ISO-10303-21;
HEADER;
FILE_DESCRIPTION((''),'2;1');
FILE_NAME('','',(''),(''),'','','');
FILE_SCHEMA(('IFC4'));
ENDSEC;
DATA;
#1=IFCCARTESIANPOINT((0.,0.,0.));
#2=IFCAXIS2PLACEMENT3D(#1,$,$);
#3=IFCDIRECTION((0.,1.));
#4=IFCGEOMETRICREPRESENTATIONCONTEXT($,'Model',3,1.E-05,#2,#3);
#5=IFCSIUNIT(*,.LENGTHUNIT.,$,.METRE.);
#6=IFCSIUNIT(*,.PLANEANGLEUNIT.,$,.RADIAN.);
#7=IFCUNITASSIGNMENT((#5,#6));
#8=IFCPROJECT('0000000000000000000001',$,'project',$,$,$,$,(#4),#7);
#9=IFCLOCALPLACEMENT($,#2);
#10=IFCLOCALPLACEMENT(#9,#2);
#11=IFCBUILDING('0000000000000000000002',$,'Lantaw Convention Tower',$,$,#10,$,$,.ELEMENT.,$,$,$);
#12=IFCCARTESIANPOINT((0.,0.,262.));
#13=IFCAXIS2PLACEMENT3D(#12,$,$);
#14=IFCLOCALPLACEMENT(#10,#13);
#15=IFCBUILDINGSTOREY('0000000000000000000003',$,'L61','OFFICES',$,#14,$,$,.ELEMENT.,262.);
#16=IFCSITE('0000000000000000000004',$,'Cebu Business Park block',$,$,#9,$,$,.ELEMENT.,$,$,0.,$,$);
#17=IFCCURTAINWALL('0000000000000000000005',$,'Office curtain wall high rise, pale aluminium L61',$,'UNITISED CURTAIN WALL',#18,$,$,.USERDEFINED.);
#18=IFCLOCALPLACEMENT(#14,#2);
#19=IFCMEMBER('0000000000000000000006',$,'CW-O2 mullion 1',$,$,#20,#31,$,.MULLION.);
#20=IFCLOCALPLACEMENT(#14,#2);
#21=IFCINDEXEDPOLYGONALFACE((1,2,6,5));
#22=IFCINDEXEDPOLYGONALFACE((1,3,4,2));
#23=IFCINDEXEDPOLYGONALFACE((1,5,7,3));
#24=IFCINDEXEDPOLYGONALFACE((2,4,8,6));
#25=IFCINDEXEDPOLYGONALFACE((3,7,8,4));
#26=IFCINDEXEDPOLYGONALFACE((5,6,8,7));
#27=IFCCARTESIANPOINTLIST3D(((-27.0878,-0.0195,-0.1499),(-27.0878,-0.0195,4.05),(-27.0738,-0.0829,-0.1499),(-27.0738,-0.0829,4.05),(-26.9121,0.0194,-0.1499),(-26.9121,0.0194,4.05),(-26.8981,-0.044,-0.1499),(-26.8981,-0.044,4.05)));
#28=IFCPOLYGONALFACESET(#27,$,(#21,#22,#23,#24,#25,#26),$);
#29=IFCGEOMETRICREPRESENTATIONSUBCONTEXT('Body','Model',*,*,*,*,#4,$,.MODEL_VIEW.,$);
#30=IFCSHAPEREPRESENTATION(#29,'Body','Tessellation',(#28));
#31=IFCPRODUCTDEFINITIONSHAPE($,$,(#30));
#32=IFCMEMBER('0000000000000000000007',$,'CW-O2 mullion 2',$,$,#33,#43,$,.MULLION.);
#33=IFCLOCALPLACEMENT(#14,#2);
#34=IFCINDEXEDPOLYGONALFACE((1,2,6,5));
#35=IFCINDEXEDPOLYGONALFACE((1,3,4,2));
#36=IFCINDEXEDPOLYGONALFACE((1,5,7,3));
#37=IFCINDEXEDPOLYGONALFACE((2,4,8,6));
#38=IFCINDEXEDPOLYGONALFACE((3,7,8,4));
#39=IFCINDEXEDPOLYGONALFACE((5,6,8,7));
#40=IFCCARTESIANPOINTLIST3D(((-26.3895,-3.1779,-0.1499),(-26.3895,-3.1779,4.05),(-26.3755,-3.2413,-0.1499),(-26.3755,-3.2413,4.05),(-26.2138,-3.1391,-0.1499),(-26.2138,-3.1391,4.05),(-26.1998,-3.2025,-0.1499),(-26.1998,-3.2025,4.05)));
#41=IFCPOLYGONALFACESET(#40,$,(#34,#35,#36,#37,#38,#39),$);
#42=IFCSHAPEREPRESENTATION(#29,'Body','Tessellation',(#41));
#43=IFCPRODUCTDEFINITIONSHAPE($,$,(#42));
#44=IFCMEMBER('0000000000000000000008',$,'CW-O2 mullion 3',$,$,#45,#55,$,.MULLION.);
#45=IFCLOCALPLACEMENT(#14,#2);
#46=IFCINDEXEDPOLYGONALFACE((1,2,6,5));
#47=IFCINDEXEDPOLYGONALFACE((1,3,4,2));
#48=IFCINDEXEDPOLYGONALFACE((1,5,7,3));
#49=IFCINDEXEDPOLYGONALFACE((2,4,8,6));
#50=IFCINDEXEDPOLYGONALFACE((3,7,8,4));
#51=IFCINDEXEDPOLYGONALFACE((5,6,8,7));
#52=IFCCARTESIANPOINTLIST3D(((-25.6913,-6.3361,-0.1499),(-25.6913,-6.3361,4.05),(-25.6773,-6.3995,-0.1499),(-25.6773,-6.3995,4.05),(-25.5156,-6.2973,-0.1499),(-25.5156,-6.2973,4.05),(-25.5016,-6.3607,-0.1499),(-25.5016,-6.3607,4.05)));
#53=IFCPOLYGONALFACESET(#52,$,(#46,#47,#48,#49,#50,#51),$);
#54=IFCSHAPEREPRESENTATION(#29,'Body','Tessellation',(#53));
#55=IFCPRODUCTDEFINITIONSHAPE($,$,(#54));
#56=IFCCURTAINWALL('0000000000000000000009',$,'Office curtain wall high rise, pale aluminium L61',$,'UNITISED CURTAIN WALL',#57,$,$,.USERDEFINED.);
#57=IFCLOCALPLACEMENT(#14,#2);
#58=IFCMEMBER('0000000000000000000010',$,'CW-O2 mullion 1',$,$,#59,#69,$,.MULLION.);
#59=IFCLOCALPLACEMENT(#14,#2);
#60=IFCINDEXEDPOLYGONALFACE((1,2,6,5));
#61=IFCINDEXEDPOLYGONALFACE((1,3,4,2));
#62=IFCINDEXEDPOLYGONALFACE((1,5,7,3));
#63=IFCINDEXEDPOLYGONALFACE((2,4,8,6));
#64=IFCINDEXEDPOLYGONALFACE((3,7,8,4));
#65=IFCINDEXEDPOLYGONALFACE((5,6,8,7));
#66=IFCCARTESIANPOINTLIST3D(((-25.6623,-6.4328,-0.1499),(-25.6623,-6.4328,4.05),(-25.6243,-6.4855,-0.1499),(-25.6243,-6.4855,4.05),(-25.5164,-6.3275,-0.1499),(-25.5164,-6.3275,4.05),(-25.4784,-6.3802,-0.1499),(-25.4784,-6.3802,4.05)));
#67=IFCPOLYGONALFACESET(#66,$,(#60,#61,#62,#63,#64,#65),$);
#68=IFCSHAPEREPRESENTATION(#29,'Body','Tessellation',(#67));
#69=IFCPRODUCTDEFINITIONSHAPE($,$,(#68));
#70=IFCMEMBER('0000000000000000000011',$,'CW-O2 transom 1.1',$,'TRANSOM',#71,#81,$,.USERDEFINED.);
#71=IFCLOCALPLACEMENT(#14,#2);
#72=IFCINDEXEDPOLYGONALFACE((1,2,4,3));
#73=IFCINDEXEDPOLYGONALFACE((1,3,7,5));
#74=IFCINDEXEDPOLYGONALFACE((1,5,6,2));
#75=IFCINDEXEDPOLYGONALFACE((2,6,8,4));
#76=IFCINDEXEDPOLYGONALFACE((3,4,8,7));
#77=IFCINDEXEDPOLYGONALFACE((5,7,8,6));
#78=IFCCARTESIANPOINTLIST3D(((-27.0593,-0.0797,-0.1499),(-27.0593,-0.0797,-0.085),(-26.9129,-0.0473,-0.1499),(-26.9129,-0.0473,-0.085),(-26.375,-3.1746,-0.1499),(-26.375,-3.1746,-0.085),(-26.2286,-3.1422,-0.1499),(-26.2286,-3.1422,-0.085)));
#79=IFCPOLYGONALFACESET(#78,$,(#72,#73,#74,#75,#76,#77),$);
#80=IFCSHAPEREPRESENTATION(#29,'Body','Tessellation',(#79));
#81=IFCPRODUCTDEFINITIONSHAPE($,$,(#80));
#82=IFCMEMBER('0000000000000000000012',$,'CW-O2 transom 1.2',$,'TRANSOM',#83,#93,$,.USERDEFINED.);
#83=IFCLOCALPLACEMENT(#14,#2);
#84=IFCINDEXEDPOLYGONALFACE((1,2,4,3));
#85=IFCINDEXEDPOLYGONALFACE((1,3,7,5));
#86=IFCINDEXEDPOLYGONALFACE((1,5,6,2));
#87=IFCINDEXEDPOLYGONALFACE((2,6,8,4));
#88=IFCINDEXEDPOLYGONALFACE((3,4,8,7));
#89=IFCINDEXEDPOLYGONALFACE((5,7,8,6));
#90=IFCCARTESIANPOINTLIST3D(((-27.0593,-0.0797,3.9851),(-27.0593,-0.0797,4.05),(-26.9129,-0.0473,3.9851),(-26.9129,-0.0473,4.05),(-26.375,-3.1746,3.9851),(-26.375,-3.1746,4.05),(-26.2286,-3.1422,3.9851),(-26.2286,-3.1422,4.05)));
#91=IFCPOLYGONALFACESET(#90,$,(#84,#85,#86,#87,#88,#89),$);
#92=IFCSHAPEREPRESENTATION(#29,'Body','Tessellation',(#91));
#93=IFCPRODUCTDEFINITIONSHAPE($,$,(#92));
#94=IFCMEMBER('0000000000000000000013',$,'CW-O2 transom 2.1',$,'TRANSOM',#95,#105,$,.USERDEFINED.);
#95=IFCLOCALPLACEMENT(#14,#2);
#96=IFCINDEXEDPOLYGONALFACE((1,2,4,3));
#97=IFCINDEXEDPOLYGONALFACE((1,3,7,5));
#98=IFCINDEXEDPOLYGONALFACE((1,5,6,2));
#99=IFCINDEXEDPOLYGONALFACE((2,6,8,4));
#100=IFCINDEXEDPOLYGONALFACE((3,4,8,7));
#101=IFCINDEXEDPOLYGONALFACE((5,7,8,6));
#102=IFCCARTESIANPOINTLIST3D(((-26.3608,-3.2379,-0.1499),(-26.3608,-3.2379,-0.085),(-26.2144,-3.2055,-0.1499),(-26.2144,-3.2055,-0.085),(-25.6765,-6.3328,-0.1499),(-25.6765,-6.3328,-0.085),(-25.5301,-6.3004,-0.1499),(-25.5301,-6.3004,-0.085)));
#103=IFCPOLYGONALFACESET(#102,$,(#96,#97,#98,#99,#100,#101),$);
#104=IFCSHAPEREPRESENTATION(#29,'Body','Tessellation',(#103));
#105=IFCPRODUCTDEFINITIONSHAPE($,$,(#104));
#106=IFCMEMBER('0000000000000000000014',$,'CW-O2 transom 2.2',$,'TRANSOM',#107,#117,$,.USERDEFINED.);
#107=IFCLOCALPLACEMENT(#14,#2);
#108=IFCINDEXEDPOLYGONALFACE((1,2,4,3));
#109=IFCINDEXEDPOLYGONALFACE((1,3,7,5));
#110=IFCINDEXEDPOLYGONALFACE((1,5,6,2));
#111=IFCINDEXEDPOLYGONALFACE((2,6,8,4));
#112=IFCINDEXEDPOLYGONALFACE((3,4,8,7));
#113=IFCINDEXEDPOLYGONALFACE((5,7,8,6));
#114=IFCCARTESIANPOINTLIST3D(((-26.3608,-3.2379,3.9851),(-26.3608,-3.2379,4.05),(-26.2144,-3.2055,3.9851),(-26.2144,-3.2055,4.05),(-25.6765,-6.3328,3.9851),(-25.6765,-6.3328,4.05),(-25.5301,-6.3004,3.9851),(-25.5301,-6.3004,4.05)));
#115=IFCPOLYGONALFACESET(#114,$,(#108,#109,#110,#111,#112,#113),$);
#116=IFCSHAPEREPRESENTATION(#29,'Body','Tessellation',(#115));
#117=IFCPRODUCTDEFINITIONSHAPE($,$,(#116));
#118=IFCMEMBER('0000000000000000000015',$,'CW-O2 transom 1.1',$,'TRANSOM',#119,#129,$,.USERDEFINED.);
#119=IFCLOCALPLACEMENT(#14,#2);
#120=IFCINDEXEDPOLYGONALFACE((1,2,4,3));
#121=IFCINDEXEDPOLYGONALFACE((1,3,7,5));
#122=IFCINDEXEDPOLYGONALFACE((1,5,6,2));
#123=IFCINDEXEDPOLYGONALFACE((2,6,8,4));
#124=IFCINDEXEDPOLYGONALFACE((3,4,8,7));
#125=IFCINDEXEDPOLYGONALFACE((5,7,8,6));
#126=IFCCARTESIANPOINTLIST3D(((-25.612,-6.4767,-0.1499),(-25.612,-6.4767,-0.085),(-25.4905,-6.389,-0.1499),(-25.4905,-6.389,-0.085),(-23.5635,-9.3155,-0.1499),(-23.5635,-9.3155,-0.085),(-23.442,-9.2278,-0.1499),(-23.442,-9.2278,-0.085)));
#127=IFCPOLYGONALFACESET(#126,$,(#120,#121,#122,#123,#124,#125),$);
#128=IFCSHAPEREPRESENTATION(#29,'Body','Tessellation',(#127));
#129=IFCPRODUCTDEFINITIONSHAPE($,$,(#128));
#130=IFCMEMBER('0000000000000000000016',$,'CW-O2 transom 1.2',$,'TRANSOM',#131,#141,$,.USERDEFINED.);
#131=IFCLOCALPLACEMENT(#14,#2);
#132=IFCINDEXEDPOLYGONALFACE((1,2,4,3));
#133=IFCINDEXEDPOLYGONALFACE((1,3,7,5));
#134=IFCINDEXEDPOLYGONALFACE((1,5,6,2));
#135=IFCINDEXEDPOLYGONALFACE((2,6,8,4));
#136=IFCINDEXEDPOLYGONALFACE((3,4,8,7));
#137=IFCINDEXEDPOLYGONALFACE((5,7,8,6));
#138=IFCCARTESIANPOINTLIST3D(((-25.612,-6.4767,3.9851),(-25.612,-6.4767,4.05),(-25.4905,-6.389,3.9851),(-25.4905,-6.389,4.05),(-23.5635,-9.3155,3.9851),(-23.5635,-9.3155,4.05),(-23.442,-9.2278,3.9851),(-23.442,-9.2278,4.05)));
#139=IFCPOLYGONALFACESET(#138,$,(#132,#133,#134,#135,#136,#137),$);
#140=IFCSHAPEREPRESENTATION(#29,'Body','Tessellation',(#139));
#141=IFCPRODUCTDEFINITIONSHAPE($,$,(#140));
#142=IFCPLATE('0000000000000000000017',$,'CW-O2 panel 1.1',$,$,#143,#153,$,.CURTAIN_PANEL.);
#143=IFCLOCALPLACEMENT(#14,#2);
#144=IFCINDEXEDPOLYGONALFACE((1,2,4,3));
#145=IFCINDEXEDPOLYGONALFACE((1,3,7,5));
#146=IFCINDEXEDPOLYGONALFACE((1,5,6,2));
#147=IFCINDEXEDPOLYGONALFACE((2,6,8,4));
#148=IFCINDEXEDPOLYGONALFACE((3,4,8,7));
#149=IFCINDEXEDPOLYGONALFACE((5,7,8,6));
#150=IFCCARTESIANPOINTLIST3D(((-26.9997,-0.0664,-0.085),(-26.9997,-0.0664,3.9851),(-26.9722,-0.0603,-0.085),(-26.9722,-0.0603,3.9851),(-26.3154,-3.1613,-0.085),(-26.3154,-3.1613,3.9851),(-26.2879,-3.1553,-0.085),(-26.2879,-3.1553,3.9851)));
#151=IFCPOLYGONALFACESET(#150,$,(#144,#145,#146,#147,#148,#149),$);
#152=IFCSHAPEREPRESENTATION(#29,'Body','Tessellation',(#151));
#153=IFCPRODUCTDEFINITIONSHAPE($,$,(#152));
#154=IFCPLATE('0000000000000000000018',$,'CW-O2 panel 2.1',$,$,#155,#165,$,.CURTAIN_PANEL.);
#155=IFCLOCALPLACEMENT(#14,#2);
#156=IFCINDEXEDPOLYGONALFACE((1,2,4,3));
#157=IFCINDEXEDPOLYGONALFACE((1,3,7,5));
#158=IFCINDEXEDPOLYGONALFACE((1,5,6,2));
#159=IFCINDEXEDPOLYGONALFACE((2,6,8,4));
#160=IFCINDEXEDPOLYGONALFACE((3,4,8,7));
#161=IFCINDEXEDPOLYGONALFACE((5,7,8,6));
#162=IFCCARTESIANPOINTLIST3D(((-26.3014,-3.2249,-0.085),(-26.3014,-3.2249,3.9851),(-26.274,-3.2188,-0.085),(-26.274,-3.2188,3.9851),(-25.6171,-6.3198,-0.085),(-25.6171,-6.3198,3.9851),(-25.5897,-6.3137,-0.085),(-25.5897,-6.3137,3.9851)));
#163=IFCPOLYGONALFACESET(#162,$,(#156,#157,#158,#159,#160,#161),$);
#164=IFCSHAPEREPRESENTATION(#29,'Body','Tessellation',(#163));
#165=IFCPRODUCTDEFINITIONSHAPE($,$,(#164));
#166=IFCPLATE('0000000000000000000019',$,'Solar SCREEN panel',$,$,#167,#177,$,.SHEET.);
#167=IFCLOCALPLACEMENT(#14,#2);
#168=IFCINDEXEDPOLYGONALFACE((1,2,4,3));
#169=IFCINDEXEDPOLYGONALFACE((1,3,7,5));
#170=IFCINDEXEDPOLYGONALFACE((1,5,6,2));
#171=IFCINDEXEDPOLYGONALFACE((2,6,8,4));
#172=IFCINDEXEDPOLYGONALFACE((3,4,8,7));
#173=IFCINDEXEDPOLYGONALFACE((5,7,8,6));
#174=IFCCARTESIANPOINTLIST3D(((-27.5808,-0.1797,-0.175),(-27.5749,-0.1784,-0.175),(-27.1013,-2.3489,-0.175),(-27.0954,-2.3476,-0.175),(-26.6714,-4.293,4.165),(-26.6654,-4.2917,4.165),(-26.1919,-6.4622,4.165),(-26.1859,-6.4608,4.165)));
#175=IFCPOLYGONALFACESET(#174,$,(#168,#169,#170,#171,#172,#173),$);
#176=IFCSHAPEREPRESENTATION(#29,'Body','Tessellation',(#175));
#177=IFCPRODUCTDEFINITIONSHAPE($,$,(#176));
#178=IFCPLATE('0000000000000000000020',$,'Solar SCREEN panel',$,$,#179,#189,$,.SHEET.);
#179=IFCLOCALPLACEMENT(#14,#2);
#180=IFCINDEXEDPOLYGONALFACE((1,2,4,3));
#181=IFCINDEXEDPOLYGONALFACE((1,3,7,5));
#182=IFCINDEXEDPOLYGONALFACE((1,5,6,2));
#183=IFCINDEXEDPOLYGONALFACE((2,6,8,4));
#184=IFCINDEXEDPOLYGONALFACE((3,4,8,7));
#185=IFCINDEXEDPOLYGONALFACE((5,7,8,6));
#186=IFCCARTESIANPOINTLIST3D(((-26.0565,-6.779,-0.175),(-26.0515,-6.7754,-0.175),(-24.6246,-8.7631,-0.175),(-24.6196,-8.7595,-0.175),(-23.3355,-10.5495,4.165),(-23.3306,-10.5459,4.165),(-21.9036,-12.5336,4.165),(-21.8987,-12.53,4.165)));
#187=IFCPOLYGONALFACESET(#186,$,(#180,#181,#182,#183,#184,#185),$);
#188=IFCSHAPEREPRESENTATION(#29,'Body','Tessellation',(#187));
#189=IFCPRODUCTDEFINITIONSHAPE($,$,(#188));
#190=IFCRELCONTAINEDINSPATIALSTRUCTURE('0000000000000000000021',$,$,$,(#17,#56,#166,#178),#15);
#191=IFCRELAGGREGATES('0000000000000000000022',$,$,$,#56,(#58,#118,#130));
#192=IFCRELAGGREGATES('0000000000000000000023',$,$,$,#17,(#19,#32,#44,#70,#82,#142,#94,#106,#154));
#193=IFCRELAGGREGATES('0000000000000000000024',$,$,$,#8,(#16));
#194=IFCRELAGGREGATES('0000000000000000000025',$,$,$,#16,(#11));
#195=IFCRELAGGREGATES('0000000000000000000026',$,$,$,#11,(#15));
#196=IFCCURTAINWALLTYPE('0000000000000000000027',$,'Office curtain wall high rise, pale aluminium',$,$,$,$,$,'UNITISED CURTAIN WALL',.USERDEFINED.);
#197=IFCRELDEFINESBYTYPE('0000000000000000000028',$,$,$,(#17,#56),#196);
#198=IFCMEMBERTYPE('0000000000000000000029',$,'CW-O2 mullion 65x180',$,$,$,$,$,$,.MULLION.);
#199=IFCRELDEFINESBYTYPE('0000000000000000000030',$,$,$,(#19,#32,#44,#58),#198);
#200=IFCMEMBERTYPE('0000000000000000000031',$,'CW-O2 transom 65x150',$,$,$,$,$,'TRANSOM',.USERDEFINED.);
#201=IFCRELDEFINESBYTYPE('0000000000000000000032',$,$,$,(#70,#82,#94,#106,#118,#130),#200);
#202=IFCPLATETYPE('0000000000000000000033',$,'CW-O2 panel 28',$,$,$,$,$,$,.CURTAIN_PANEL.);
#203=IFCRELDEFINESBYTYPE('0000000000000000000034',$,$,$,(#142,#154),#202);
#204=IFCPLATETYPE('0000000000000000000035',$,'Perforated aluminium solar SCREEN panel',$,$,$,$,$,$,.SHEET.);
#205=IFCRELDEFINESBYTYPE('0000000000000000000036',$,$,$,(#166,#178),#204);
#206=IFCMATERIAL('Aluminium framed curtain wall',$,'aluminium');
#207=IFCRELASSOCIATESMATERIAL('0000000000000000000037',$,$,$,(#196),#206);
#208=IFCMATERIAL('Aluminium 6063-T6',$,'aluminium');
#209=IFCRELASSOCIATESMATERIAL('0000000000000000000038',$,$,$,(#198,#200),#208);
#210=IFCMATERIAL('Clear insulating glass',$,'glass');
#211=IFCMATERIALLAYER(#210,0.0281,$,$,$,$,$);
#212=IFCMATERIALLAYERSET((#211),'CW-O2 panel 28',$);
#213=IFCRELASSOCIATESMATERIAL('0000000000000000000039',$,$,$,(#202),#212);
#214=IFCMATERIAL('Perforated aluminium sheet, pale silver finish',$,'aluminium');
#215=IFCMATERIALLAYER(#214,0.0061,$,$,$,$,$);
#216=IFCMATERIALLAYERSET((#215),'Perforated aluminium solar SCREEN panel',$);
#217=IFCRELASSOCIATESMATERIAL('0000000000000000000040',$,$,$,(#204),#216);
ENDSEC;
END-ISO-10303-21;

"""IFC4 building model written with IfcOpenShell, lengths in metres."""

from ifc_helpers import new_model, si_unit, direction, frame, origin, origin_2d, place, context, subcontext, project, spatial, polyline, rectangle, outline, extrude, material, layer, layer_set, material_profile, profile_set, type_object, element, aggregate, save


model = new_model("IFC4")

# Units and contexts
model_context = context("Model", 3, precision=1e-05, world=origin(), true_north=direction((0.0, 1.0)))
body_context = subcontext(model_context, "Body", "Model", "MODEL_VIEW")
ifc_project = project(units=[si_unit("LENGTHUNIT", "METRE"), si_unit("PLANEANGLEUNIT", "RADIAN")], contexts=[model_context])

# Site, building, storey
site_placement = place(None, origin())
site = spatial("IfcSite", under=ifc_project, at=site_placement, Name="Cebu Business Park block", CompositionType="ELEMENT", RefElevation=0.0)
building_placement = place(site_placement, origin())
building = spatial("IfcBuilding", under=site, at=building_placement, Name="Lantaw Convention Tower", CompositionType="ELEMENT")
storey_placement = place(building_placement, frame((0.0, 0.0, 262.0)))
storey = spatial("IfcBuildingStorey", under=building, at=storey_placement, Name="L61", Description="OFFICES", CompositionType="ELEMENT", Elevation=262.0)

# Curtain wall, members
ifc_material_1 = material(Name="Aluminium framed curtain wall", Category="aluminium")
curtain_wall_type = type_object("IfcCurtainWallType", Name="Office curtain wall high rise, pale aluminium", ElementType="UNITISED CURTAIN WALL", PredefinedType="USERDEFINED", material=ifc_material_1)
curtain_wall_1_placement = place(storey_placement, origin())
curtain_wall_1 = element("IfcCurtainWall", 1, at=curtain_wall_1_placement, inside=storey, type_object=curtain_wall_type, Name="Office curtain wall high rise, pale aluminium L61", ObjectType="UNITISED CURTAIN WALL", PredefinedType="USERDEFINED")
ifc_material_2 = material(Name="Aluminium 6063-T6", Category="aluminium")
ifc_material_profile_1 = material_profile(ifc_material_2, rectangle(XDim=0.1799, YDim=0.0649, at=origin_2d()), Name="CW-O2 mullion 65x180")
ifc_profile_set_1 = profile_set([ifc_material_profile_1], Name="Aluminium 6063-T6")
member_type_1 = type_object("IfcMemberType", Name="CW-O2 mullion 65x180", PredefinedType="MULLION", material=ifc_profile_set_1)
member_1_placement = place(storey_placement, frame((-26.9929, -0.0317, -0.1499), z_axis=(0.0, 0.0, 1.0), x_axis=(0.976417, 0.215891, 0.0)))
member_1 = element("IfcMember", 2, at=member_1_placement, type_object=member_type_1, Name="CW-O2 mullion 1", PredefinedType="MULLION", context=body_context, shape_type="SweptSolid", body=[
    extrude(rectangle(XDim=0.1799, YDim=0.0649, at=origin_2d()), origin(), (0.0, 0.0, 1.0), 4.2),
])
member_2_placement = place(storey_placement, frame((-26.2947, -3.1902, -0.1499), z_axis=(0.0, 0.0, 1.0), x_axis=(0.976417, 0.215891, 0.0)))
member_2 = element("IfcMember", 3, at=member_2_placement, type_object=member_type_1, Name="CW-O2 mullion 2", PredefinedType="MULLION", context=body_context, shape_type="SweptSolid", body=[
    extrude(rectangle(XDim=0.1799, YDim=0.0649, at=origin_2d()), origin(), (0.0, 0.0, 1.0), 4.2),
])
member_3_placement = place(storey_placement, frame((-25.5964, -6.3484, -0.1499), z_axis=(0.0, 0.0, 1.0), x_axis=(0.976417, 0.215891, 0.0)))
member_3 = element("IfcMember", 4, at=member_3_placement, type_object=member_type_1, Name="CW-O2 mullion 3", PredefinedType="MULLION", context=body_context, shape_type="SweptSolid", body=[
    extrude(rectangle(XDim=0.1799, YDim=0.0649, at=origin_2d()), origin(), (0.0, 0.0, 1.0), 4.2),
])

# Curtain wall, member
curtain_wall_2_placement = place(storey_placement, origin())
curtain_wall_2 = element("IfcCurtainWall", 5, at=curtain_wall_2_placement, inside=storey, type_object=curtain_wall_type, Name="Office curtain wall high rise, pale aluminium L61", ObjectType="UNITISED CURTAIN WALL", PredefinedType="USERDEFINED")
member_4_placement = place(storey_placement, frame((-25.5703, -6.4065, -0.1499), z_axis=(0.0, 0.0, 1.0), x_axis=(0.81092, 0.585158, 0.0)))
member_4 = element("IfcMember", 6, at=member_4_placement, type_object=member_type_1, Name="CW-O2 mullion 1", PredefinedType="MULLION", context=body_context, shape_type="SweptSolid", body=[
    extrude(rectangle(XDim=0.1799, YDim=0.0649, at=origin_2d()), origin(), (0.0, 0.0, 1.0), 4.2),
])

# Members
ifc_material_profile_2 = material_profile(ifc_material_2, rectangle(XDim=0.1499, YDim=0.0649, at=origin_2d()), Name="CW-O2 transom 65x150")
ifc_profile_set_2 = profile_set([ifc_material_profile_2], Name="Aluminium 6063-T6")
member_type_2 = type_object("IfcMemberType", Name="CW-O2 transom 65x150", ElementType="TRANSOM", PredefinedType="USERDEFINED", material=ifc_profile_set_2)
member_5_placement = place(storey_placement, frame((-26.9861, -0.0635, -0.1174), z_axis=(0.215895, -0.976417, 0.0), x_axis=(0.976417, 0.215895, 0.0)))
member_5 = element("IfcMember", 7, at=member_5_placement, type_object=member_type_2, Name="CW-O2 transom 1.1", ObjectType="TRANSOM", PredefinedType="USERDEFINED", context=body_context, shape_type="SweptSolid", body=[
    extrude(rectangle(XDim=0.1499, YDim=0.0649, at=origin_2d()), origin(), (0.0, 0.0, 1.0), 3.1697),
])
member_6_placement = place(storey_placement, frame((-26.9861, -0.0635, 4.0176), z_axis=(0.215895, -0.976417, 0.0), x_axis=(0.976417, 0.215895, 0.0)))
member_6 = element("IfcMember", 8, at=member_6_placement, type_object=member_type_2, Name="CW-O2 transom 1.2", ObjectType="TRANSOM", PredefinedType="USERDEFINED", context=body_context, shape_type="SweptSolid", body=[
    extrude(rectangle(XDim=0.1499, YDim=0.0649, at=origin_2d()), origin(), (0.0, 0.0, 1.0), 3.1697),
])
member_7_placement = place(storey_placement, frame((-26.2876, -3.2217, -0.1174), z_axis=(0.215895, -0.976417, 0.0), x_axis=(0.976417, 0.215895, 0.0)))
member_7 = element("IfcMember", 9, at=member_7_placement, type_object=member_type_2, Name="CW-O2 transom 2.1", ObjectType="TRANSOM", PredefinedType="USERDEFINED", context=body_context, shape_type="SweptSolid", body=[
    extrude(rectangle(XDim=0.1499, YDim=0.0649, at=origin_2d()), origin(), (0.0, 0.0, 1.0), 3.1697),
])
member_8_placement = place(storey_placement, frame((-26.2876, -3.2217, 4.0176), z_axis=(0.215895, -0.976417, 0.0), x_axis=(0.976417, 0.215895, 0.0)))
member_8 = element("IfcMember", 10, at=member_8_placement, type_object=member_type_2, Name="CW-O2 transom 2.2", ObjectType="TRANSOM", PredefinedType="USERDEFINED", context=body_context, shape_type="SweptSolid", body=[
    extrude(rectangle(XDim=0.1499, YDim=0.0649, at=origin_2d()), origin(), (0.0, 0.0, 1.0), 3.1697),
])
member_9_placement = place(storey_placement, frame((-25.5513, -6.4329, -0.1174), z_axis=(0.58517, -0.810911, 0.0), x_axis=(0.810911, 0.58517, 0.0)))
member_9 = element("IfcMember", 11, at=member_9_placement, type_object=member_type_2, Name="CW-O2 transom 1.1", ObjectType="TRANSOM", PredefinedType="USERDEFINED", context=body_context, shape_type="SweptSolid", body=[
    extrude(rectangle(XDim=0.1499, YDim=0.0649, at=origin_2d()), origin(), (0.0, 0.0, 1.0), 3.5007),
])
member_10_placement = place(storey_placement, frame((-25.5513, -6.4329, 4.0176), z_axis=(0.58517, -0.810911, 0.0), x_axis=(0.810911, 0.58517, 0.0)))
member_10 = element("IfcMember", 12, at=member_10_placement, type_object=member_type_2, Name="CW-O2 transom 1.2", ObjectType="TRANSOM", PredefinedType="USERDEFINED", context=body_context, shape_type="SweptSolid", body=[
    extrude(rectangle(XDim=0.1499, YDim=0.0649, at=origin_2d()), origin(), (0.0, 0.0, 1.0), 3.5007),
])
aggregate(curtain_wall_2, [member_4, member_9, member_10])

# Plates
ifc_material_3 = material(Name="Clear insulating glass", Category="glass")
ifc_layer_1 = layer(ifc_material_3, 0.0281)
ifc_layer_set_1 = layer_set([ifc_layer_1], Name="CW-O2 panel 28")
plate_type_1 = type_object("IfcPlateType", Name="CW-O2 panel 28", PredefinedType="CURTAIN_PANEL", material=ifc_layer_set_1)
plate_1_placement = place(storey_placement, frame((-26.6438, -1.6108, -0.085), z_axis=(0.0, 0.0, 1.0), x_axis=(0.215891, -0.976417, 0.0)))
plate_1 = element("IfcPlate", 13, at=plate_1_placement, type_object=plate_type_1, Name="CW-O2 panel 1.1", PredefinedType="CURTAIN_PANEL", context=body_context, shape_type="SweptSolid", body=[
    extrude(rectangle(XDim=3.1697, YDim=0.0281, at=origin_2d()), origin(), (0.0, 0.0, 1.0), 4.0701),
])
plate_2_placement = place(storey_placement, frame((-25.9456, -4.7693, -0.085), z_axis=(0.0, 0.0, 1.0), x_axis=(0.215891, -0.976417, 0.0)))
plate_2 = element("IfcPlate", 14, at=plate_2_placement, type_object=plate_type_1, Name="CW-O2 panel 2.1", PredefinedType="CURTAIN_PANEL", context=body_context, shape_type="SweptSolid", body=[
    extrude(rectangle(XDim=3.1697, YDim=0.0281, at=origin_2d()), origin(), (0.0, 0.0, 1.0), 4.0701),
])
aggregate(curtain_wall_1, [member_1, member_2, member_3, member_5, member_6, plate_1, member_7, member_8, plate_2])

# Plates
ifc_material_4 = material(Name="Perforated aluminium sheet, pale silver finish", Category="aluminium")
ifc_layer_2 = layer(ifc_material_4, 0.0061)
ifc_layer_set_2 = layer_set([ifc_layer_2], Name="Perforated aluminium solar SCREEN panel")
plate_type_2 = type_object("IfcPlateType", Name="Perforated aluminium solar SCREEN panel", PredefinedType="SHEET", material=ifc_layer_set_2)
plate_3_placement = place(storey_placement, frame((-27.5808, -0.1797, -0.175), z_axis=(-0.97643, -0.215837, 0.000044), x_axis=(0.215837, -0.97643, 0.0)))
element("IfcPlate", 15, at=plate_3_placement, inside=storey, type_object=plate_type_2, Name="Solar SCREEN panel", PredefinedType="SHEET", context=body_context, shape_type="SweptSolid", body=[
    extrude(outline(polyline([(0.0, 0.0), (2.2216, 0.0), (6.4342, 4.3401), (4.2126, 4.3401), (0.0, 0.0)])), origin(), (0.0, 0.0, -1.0), 0.0061),
])
plate_4_placement = place(storey_placement, frame((-26.0515, -6.7754, -0.175), z_axis=(0.810892, 0.585195, 0.00002), x_axis=(0.585195, -0.810892, 0.0)))
element("IfcPlate", 16, at=plate_4_placement, inside=storey, type_object=plate_type_2, Name="Solar SCREEN panel", PredefinedType="SHEET", context=body_context, shape_type="SweptSolid", body=[
    extrude(outline(polyline([(0.0, 0.0), (2.4468, 0.0), (7.0966, -4.3401), (4.6498, -4.3401), (0.0, 0.0)])), origin(), (0.0, 0.0, -1.0), 0.0061),
])

save(model, "model.ifc")
